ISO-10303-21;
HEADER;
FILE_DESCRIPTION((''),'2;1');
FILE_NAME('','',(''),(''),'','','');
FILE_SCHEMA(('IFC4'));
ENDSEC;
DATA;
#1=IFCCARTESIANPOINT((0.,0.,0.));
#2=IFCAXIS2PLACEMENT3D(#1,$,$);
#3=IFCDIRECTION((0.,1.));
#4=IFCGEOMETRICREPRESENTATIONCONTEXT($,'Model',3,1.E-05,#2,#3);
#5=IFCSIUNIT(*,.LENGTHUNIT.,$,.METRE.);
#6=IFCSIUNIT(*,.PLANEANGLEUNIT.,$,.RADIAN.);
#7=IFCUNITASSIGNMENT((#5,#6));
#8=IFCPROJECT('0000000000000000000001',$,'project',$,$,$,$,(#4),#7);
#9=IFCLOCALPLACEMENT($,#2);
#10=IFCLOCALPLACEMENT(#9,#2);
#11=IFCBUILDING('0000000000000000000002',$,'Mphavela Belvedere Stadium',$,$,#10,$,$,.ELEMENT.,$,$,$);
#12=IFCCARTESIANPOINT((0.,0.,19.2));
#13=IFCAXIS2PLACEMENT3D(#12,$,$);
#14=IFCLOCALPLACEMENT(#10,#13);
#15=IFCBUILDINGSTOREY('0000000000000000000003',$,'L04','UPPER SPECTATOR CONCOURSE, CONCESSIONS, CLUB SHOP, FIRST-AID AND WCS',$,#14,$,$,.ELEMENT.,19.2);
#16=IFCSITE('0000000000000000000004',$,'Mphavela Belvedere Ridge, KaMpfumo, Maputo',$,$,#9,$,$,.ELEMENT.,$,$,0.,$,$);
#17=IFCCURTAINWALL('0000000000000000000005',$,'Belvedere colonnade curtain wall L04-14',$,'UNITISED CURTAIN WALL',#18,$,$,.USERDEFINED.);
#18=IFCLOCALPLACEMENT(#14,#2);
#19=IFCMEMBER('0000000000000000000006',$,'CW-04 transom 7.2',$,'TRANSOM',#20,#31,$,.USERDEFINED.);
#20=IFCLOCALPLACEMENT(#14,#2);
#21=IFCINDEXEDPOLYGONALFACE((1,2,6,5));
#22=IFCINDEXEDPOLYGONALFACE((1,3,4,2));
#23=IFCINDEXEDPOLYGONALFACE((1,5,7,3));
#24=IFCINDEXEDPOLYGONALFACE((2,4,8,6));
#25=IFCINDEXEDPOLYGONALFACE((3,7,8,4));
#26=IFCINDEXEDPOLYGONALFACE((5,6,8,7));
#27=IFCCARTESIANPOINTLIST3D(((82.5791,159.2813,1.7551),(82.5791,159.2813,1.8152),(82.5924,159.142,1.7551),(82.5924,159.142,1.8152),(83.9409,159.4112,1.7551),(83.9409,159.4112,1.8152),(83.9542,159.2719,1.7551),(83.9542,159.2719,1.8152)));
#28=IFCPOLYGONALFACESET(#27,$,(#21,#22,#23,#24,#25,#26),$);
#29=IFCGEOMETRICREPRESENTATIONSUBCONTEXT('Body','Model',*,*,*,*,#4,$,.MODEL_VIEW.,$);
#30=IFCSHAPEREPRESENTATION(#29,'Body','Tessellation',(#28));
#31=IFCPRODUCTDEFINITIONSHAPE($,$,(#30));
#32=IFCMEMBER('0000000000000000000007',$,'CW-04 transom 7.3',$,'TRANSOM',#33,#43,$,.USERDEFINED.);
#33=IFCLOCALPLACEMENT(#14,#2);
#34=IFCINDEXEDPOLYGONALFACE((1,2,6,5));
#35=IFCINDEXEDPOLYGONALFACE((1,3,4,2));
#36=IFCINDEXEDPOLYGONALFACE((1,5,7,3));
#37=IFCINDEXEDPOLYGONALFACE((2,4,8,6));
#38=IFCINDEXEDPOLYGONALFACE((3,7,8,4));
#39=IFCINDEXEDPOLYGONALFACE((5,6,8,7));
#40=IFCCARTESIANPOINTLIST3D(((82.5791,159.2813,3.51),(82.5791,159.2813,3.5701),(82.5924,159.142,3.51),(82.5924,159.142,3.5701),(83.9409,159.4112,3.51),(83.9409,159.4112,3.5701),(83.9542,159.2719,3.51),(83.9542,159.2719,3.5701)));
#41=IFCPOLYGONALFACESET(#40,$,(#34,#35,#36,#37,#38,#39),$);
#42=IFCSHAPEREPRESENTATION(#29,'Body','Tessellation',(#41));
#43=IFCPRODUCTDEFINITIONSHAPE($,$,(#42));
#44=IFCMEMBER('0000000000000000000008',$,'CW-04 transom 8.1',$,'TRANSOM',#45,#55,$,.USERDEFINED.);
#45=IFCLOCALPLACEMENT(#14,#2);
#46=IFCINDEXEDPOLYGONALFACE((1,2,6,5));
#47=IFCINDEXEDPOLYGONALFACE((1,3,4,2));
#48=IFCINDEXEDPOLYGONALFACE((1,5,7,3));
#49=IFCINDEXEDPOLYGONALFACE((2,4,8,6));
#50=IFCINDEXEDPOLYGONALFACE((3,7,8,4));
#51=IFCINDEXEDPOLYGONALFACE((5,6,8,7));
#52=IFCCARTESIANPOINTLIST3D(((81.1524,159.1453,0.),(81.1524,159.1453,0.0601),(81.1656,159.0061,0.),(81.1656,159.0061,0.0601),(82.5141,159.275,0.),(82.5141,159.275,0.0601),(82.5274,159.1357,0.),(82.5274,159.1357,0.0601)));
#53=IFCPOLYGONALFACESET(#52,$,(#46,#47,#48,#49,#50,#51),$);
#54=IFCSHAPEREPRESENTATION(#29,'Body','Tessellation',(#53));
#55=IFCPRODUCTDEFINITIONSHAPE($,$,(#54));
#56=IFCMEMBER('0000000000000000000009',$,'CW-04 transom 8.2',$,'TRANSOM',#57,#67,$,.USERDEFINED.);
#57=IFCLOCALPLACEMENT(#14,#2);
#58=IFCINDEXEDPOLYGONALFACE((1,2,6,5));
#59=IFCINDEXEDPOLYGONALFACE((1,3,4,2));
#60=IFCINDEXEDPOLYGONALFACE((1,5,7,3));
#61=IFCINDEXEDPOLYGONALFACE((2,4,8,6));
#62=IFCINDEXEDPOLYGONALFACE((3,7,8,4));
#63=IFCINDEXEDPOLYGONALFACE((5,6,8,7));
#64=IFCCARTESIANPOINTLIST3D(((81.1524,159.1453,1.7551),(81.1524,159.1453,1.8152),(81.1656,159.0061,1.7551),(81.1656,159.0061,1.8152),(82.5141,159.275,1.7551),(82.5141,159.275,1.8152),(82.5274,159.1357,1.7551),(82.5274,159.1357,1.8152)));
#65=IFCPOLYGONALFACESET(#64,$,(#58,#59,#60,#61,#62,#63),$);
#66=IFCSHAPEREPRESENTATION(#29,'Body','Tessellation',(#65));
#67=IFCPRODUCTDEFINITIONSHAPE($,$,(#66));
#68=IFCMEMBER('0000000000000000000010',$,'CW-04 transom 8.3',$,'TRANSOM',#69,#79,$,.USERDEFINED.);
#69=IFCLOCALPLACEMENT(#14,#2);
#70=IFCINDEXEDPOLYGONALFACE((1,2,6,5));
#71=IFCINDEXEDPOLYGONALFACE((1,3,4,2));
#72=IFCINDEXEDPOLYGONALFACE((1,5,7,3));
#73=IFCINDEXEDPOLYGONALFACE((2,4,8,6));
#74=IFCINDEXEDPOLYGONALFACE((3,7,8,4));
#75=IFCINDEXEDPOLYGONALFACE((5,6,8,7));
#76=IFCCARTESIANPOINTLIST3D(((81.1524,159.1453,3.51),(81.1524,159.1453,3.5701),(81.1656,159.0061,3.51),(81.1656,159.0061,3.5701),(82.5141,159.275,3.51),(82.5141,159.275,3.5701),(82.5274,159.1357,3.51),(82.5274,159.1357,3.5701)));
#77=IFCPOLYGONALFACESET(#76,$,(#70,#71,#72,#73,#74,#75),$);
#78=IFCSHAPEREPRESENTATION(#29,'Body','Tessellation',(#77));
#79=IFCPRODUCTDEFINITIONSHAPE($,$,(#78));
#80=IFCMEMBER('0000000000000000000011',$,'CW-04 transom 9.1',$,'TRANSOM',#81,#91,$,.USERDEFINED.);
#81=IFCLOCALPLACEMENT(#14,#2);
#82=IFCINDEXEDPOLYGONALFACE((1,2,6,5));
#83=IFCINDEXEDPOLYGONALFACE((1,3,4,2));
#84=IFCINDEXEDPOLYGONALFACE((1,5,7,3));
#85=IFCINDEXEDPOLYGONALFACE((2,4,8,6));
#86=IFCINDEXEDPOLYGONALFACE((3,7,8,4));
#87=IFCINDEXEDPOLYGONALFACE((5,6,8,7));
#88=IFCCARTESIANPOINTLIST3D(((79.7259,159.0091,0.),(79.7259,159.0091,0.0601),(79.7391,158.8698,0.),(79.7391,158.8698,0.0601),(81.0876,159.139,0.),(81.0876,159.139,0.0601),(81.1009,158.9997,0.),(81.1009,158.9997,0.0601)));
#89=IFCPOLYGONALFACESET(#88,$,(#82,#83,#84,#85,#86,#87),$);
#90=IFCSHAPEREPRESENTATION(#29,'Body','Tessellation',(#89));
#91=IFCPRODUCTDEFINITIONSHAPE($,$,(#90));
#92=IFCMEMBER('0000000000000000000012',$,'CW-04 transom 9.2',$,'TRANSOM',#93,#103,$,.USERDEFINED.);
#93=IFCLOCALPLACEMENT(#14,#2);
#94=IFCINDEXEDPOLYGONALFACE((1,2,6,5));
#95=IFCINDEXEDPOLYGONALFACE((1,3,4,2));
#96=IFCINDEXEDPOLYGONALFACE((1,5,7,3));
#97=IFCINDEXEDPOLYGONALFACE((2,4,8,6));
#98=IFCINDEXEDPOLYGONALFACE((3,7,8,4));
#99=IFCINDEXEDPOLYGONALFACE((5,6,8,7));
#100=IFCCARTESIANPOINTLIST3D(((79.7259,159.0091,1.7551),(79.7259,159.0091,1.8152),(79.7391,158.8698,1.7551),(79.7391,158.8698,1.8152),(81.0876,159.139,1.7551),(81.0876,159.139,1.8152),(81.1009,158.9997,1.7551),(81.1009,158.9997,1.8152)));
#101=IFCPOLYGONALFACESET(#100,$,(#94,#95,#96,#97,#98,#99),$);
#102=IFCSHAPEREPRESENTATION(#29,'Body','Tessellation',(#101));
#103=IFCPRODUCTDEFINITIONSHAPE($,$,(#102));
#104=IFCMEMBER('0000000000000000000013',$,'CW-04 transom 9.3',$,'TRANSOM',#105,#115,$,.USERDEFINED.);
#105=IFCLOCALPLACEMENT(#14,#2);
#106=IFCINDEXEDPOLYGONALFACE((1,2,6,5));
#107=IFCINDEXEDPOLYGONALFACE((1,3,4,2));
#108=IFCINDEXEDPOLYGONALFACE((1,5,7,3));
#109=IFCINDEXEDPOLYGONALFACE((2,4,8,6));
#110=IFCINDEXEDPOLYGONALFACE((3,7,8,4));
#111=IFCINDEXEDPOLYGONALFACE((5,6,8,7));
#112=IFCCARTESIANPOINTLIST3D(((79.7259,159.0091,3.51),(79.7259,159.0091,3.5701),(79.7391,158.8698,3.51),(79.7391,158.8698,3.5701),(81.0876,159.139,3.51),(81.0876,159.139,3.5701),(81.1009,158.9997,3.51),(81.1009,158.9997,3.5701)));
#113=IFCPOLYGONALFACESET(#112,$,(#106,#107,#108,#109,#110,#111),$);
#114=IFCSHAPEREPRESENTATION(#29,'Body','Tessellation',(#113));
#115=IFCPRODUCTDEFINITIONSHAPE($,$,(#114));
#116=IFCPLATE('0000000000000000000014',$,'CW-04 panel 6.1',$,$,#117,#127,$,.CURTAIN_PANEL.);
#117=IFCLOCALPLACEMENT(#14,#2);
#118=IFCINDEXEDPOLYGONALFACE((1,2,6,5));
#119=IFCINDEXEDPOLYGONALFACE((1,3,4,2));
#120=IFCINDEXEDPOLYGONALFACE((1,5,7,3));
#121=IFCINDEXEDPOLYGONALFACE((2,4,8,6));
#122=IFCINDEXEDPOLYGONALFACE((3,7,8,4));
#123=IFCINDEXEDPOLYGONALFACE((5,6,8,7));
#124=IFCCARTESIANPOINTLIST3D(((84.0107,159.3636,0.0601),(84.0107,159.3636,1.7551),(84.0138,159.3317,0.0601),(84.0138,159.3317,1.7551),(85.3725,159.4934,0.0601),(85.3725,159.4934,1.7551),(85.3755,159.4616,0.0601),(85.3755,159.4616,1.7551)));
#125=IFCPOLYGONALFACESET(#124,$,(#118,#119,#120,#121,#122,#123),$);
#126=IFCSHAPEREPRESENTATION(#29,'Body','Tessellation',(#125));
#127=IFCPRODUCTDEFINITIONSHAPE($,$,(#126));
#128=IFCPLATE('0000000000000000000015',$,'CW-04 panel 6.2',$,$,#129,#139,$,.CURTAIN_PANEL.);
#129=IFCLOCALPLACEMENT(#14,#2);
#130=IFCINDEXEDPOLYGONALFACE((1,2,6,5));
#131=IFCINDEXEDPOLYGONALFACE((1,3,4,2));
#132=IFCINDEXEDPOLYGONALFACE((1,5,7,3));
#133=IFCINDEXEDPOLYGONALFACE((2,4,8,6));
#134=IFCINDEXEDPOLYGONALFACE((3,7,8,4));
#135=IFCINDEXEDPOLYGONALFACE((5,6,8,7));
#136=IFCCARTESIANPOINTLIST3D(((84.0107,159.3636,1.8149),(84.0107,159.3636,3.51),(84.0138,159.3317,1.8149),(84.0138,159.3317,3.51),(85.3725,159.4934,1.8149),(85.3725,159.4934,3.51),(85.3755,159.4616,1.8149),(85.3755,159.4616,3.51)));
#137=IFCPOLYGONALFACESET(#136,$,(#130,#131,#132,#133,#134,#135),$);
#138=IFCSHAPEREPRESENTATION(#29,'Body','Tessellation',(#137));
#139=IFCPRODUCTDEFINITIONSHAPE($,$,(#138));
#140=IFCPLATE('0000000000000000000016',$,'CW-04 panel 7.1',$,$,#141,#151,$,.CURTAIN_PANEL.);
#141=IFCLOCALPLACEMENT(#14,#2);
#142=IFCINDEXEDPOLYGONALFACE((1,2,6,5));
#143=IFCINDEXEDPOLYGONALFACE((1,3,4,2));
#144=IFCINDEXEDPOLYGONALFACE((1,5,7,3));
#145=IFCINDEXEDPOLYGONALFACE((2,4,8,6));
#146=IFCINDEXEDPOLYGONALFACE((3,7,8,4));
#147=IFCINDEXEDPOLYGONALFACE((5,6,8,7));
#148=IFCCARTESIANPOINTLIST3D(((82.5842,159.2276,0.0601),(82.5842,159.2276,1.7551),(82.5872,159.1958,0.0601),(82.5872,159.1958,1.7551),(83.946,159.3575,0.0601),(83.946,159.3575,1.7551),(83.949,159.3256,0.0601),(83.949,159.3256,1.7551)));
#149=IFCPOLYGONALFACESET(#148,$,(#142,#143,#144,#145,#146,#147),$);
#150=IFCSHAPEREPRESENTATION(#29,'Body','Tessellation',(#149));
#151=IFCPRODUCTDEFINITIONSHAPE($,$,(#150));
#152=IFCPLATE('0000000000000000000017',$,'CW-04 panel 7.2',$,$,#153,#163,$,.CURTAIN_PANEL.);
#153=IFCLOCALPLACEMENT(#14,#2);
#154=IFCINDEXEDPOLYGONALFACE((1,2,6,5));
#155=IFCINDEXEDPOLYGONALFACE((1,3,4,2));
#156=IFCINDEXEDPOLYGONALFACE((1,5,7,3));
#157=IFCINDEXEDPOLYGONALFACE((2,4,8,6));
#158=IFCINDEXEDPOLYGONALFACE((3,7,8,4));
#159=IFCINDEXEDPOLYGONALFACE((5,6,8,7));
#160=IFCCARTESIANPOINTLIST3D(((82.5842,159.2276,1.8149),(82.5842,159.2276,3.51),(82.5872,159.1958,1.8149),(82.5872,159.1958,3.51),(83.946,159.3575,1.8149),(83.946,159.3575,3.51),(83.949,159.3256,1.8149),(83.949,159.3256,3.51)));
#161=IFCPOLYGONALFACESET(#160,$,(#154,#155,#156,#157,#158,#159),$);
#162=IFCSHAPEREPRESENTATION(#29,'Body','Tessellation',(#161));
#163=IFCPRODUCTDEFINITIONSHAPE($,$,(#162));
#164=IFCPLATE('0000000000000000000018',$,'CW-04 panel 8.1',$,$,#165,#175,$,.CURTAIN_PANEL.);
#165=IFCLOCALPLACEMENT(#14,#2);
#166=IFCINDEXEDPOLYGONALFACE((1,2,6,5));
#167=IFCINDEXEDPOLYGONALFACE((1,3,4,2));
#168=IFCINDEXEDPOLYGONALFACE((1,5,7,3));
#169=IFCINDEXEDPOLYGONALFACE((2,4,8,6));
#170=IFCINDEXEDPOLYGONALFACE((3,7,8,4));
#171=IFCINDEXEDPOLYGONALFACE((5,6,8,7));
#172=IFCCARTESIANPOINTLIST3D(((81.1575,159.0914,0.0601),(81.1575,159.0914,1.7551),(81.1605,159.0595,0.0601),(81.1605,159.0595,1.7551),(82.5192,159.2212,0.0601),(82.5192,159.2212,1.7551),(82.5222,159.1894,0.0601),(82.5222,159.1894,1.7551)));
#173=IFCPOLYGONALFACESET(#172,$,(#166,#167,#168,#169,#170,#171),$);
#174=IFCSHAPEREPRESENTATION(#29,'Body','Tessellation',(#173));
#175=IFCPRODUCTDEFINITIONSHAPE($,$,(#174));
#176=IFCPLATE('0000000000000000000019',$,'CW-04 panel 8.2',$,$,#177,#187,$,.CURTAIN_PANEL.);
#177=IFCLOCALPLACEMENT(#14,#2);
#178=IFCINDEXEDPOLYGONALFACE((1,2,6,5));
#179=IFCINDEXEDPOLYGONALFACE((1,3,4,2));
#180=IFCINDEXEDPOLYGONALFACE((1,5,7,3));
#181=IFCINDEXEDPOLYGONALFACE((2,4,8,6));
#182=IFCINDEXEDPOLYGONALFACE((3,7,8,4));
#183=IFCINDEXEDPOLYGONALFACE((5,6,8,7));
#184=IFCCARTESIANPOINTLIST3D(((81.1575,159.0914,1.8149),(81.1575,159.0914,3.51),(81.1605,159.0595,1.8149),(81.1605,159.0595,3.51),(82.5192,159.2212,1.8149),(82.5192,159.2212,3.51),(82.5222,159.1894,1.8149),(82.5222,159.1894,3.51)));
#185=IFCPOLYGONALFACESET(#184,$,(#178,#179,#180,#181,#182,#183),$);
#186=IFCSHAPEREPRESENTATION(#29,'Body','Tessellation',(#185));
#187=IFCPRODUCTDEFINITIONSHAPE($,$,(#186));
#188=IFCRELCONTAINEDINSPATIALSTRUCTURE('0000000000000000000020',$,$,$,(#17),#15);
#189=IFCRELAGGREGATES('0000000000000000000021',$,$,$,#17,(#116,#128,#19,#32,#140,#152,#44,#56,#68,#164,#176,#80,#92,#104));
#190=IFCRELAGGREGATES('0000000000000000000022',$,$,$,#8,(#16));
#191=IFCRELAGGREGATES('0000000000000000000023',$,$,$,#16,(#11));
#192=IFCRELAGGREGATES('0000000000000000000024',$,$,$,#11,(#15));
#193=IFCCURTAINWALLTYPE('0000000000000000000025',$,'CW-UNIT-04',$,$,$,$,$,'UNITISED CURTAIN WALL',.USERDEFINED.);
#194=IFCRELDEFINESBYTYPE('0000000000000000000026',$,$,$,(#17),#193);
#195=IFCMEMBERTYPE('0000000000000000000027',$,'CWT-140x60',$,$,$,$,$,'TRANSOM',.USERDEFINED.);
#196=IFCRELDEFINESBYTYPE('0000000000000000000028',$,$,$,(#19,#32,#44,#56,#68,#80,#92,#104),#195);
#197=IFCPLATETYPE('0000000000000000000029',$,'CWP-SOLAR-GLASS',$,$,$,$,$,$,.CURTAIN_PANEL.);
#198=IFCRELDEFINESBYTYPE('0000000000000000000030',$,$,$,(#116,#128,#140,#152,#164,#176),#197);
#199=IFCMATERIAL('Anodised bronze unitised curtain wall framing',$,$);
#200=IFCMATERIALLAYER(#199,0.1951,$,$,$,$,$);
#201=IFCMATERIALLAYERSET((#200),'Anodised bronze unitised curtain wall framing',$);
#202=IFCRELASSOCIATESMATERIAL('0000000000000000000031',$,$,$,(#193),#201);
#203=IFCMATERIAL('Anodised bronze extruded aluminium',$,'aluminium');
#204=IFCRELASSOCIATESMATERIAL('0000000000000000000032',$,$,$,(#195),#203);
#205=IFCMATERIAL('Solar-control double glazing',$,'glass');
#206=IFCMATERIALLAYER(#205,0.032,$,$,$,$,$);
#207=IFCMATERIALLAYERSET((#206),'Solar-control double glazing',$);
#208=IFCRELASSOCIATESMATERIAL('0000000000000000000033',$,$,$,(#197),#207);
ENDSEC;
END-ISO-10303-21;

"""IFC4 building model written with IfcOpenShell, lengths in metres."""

from ifc_helpers import new_model, si_unit, direction, frame, origin, origin_2d, place, context, subcontext, project, spatial, rectangle, extrude, material, layer, layer_set, material_profile, profile_set, type_object, element, aggregate, save


model = new_model("IFC4")

# Units and contexts
model_context = context("Model", 3, precision=1e-05, world=origin(), true_north=direction((0.0, 1.0)))
body_context = subcontext(model_context, "Body", "Model", "MODEL_VIEW")
ifc_project = project(units=[si_unit("LENGTHUNIT", "METRE"), si_unit("PLANEANGLEUNIT", "RADIAN")], contexts=[model_context])

# Site, building, storey
site_placement = place(None, origin())
site = spatial("IfcSite", under=ifc_project, at=site_placement, Name="Mphavela Belvedere Ridge, KaMpfumo, Maputo", CompositionType="ELEMENT", RefElevation=0.0)
building_placement = place(site_placement, origin())
building = spatial("IfcBuilding", under=site, at=building_placement, Name="Mphavela Belvedere Stadium", CompositionType="ELEMENT")
storey_placement = place(building_placement, frame((0.0, 0.0, 19.2)))
storey = spatial("IfcBuildingStorey", under=building, at=storey_placement, Name="L04", Description="UPPER SPECTATOR CONCOURSE, CONCESSIONS, CLUB SHOP, FIRST-AID AND WCS", CompositionType="ELEMENT", Elevation=19.2)

# Curtain wall, members, plates
ifc_material_1 = material(Name="Anodised bronze unitised curtain wall framing")
ifc_layer_1 = layer(ifc_material_1, 0.1951)
ifc_layer_set_1 = layer_set([ifc_layer_1], Name="Anodised bronze unitised curtain wall framing")
curtain_wall_type = type_object("IfcCurtainWallType", Name="CW-UNIT-04", ElementType="UNITISED CURTAIN WALL", PredefinedType="USERDEFINED", material=ifc_layer_set_1)
curtain_wall_placement = place(storey_placement, origin())
curtain_wall = element("IfcCurtainWall", 1, at=curtain_wall_placement, inside=storey, type_object=curtain_wall_type, Name="Belvedere colonnade curtain wall L04-14", ObjectType="UNITISED CURTAIN WALL", PredefinedType="USERDEFINED")
ifc_material_2 = material(Name="Anodised bronze extruded aluminium", Category="aluminium")
ifc_material_profile_1 = material_profile(ifc_material_2, rectangle(XDim=0.1399, YDim=0.0601, at=origin_2d()), Name="CW-TRN 140x60")
ifc_profile_set_1 = profile_set([ifc_material_profile_1], Name="Anodised bronze extruded aluminium")
member_type_1 = type_object("IfcMemberType", Name="CWT-140x60", ElementType="TRANSOM", PredefinedType="USERDEFINED", material=ifc_profile_set_1)
member_1_placement = place(storey_placement, frame((83.9475, 159.3416, 1.7852), z_axis=(-0.995483, -0.094944, 0.0), x_axis=(0.094944, -0.995483, 0.0)))
member_1 = element("IfcMember", 2, at=member_1_placement, type_object=member_type_1, Name="CW-04 transom 7.2", ObjectType="TRANSOM", PredefinedType="USERDEFINED", context=body_context, shape_type="SweptSolid", body=[
    extrude(rectangle(XDim=0.1399, YDim=0.0601, at=origin_2d()), origin(), (0.0, 0.0, 1.0), 1.3679),
])
member_2_placement = place(storey_placement, frame((83.9475, 159.3416, 3.54), z_axis=(-0.995483, -0.094944, 0.0), x_axis=(0.094944, -0.995483, 0.0)))
member_2 = element("IfcMember", 3, at=member_2_placement, type_object=member_type_1, Name="CW-04 transom 7.3", ObjectType="TRANSOM", PredefinedType="USERDEFINED", context=body_context, shape_type="SweptSolid", body=[
    extrude(rectangle(XDim=0.1399, YDim=0.0601, at=origin_2d()), origin(), (0.0, 0.0, 1.0), 1.3679),
])
member_3_placement = place(storey_placement, frame((82.5208, 159.2053, 0.03), z_axis=(-0.995499, -0.094767, 0.0), x_axis=(0.094767, -0.995499, 0.0)))
member_3 = element("IfcMember", 4, at=member_3_placement, type_object=member_type_1, Name="CW-04 transom 8.1", ObjectType="TRANSOM", PredefinedType="USERDEFINED", context=body_context, shape_type="SweptSolid", body=[
    extrude(rectangle(XDim=0.1399, YDim=0.0601, at=origin_2d()), origin(), (0.0, 0.0, 1.0), 1.3679),
])
member_4_placement = place(storey_placement, frame((82.5208, 159.2053, 1.7852), z_axis=(-0.995499, -0.094767, 0.0), x_axis=(0.094767, -0.995499, 0.0)))
member_4 = element("IfcMember", 5, at=member_4_placement, type_object=member_type_1, Name="CW-04 transom 8.2", ObjectType="TRANSOM", PredefinedType="USERDEFINED", context=body_context, shape_type="SweptSolid", body=[
    extrude(rectangle(XDim=0.1399, YDim=0.0601, at=origin_2d()), origin(), (0.0, 0.0, 1.0), 1.3679),
])
member_5_placement = place(storey_placement, frame((82.5208, 159.2053, 3.54), z_axis=(-0.995499, -0.094767, 0.0), x_axis=(0.094767, -0.995499, 0.0)))
member_5 = element("IfcMember", 6, at=member_5_placement, type_object=member_type_1, Name="CW-04 transom 8.3", ObjectType="TRANSOM", PredefinedType="USERDEFINED", context=body_context, shape_type="SweptSolid", body=[
    extrude(rectangle(XDim=0.1399, YDim=0.0601, at=origin_2d()), origin(), (0.0, 0.0, 1.0), 1.3679),
])
member_6_placement = place(storey_placement, frame((81.0942, 159.0693, 0.03), z_axis=(-0.995483, -0.094944, 0.0), x_axis=(0.094944, -0.995483, 0.0)))
member_6 = element("IfcMember", 7, at=member_6_placement, type_object=member_type_1, Name="CW-04 transom 9.1", ObjectType="TRANSOM", PredefinedType="USERDEFINED", context=body_context, shape_type="SweptSolid", body=[
    extrude(rectangle(XDim=0.1399, YDim=0.0601, at=origin_2d()), origin(), (0.0, 0.0, 1.0), 1.3679),
])
member_7_placement = place(storey_placement, frame((81.0942, 159.0693, 1.7852), z_axis=(-0.995483, -0.094944, 0.0), x_axis=(0.094944, -0.995483, 0.0)))
member_7 = element("IfcMember", 8, at=member_7_placement, type_object=member_type_1, Name="CW-04 transom 9.2", ObjectType="TRANSOM", PredefinedType="USERDEFINED", context=body_context, shape_type="SweptSolid", body=[
    extrude(rectangle(XDim=0.1399, YDim=0.0601, at=origin_2d()), origin(), (0.0, 0.0, 1.0), 1.3679),
])
member_8_placement = place(storey_placement, frame((81.0942, 159.0693, 3.54), z_axis=(-0.995483, -0.094944, 0.0), x_axis=(0.094944, -0.995483, 0.0)))
member_8 = element("IfcMember", 9, at=member_8_placement, type_object=member_type_1, Name="CW-04 transom 9.3", ObjectType="TRANSOM", PredefinedType="USERDEFINED", context=body_context, shape_type="SweptSolid", body=[
    extrude(rectangle(XDim=0.1399, YDim=0.0601, at=origin_2d()), origin(), (0.0, 0.0, 1.0), 1.3679),
])
ifc_material_3 = material(Name="Solar-control double glazing", Category="glass")
ifc_layer_2 = layer(ifc_material_3, 0.032)
ifc_layer_set_2 = layer_set([ifc_layer_2], Name="Solar-control double glazing")
plate_type = type_object("IfcPlateType", Name="CWP-SOLAR-GLASS", PredefinedType="CURTAIN_PANEL", material=ifc_layer_set_2)
plate_1_placement = place(storey_placement, frame((84.6931, 159.4126, 0.0601), z_axis=(0.0, 0.0, 1.0), x_axis=(-0.995484, -0.094933, 0.0)))
plate_1 = element("IfcPlate", 10, at=plate_1_placement, type_object=plate_type, Name="CW-04 panel 6.1", PredefinedType="CURTAIN_PANEL", context=body_context, shape_type="SweptSolid", body=[
    extrude(rectangle(XDim=1.3679, YDim=0.032, at=origin_2d()), origin(), (0.0, 0.0, 1.0), 1.6951),
])
plate_2_placement = place(storey_placement, frame((84.6931, 159.4126, 1.8149), z_axis=(0.0, 0.0, 1.0), x_axis=(-0.995484, -0.094933, 0.0)))
plate_2 = element("IfcPlate", 11, at=plate_2_placement, type_object=plate_type, Name="CW-04 panel 6.2", PredefinedType="CURTAIN_PANEL", context=body_context, shape_type="SweptSolid", body=[
    extrude(rectangle(XDim=1.3679, YDim=0.032, at=origin_2d()), origin(), (0.0, 0.0, 1.0), 1.6951),
])
plate_3_placement = place(storey_placement, frame((83.2666, 159.2766, 0.0601), z_axis=(0.0, 0.0, 1.0), x_axis=(-0.995484, -0.094933, 0.0)))
plate_3 = element("IfcPlate", 12, at=plate_3_placement, type_object=plate_type, Name="CW-04 panel 7.1", PredefinedType="CURTAIN_PANEL", context=body_context, shape_type="SweptSolid", body=[
    extrude(rectangle(XDim=1.3679, YDim=0.032, at=origin_2d()), origin(), (0.0, 0.0, 1.0), 1.6951),
])
plate_4_placement = place(storey_placement, frame((83.2666, 159.2766, 1.8149), z_axis=(0.0, 0.0, 1.0), x_axis=(-0.995484, -0.094933, 0.0)))
plate_4 = element("IfcPlate", 13, at=plate_4_placement, type_object=plate_type, Name="CW-04 panel 7.2", PredefinedType="CURTAIN_PANEL", context=body_context, shape_type="SweptSolid", body=[
    extrude(rectangle(XDim=1.3679, YDim=0.032, at=origin_2d()), origin(), (0.0, 0.0, 1.0), 1.6951),
])
plate_5_placement = place(storey_placement, frame((81.8398, 159.1404, 0.0601), z_axis=(0.0, 0.0, 1.0), x_axis=(-0.995484, -0.094933, 0.0)))
plate_5 = element("IfcPlate", 14, at=plate_5_placement, type_object=plate_type, Name="CW-04 panel 8.1", PredefinedType="CURTAIN_PANEL", context=body_context, shape_type="SweptSolid", body=[
    extrude(rectangle(XDim=1.3679, YDim=0.032, at=origin_2d()), origin(), (0.0, 0.0, 1.0), 1.6951),
])
plate_6_placement = place(storey_placement, frame((81.8398, 159.1404, 1.8149), z_axis=(0.0, 0.0, 1.0), x_axis=(-0.995484, -0.094933, 0.0)))
plate_6 = element("IfcPlate", 15, at=plate_6_placement, type_object=plate_type, Name="CW-04 panel 8.2", PredefinedType="CURTAIN_PANEL", context=body_context, shape_type="SweptSolid", body=[
    extrude(rectangle(XDim=1.3679, YDim=0.032, at=origin_2d()), origin(), (0.0, 0.0, 1.0), 1.6951),
])
aggregate(curtain_wall, [plate_1, plate_2, member_1, member_2, plate_3, plate_4, member_3, member_4, member_5, plate_5, plate_6, member_6, member_7, member_8])

save(model, "model.ifc")
